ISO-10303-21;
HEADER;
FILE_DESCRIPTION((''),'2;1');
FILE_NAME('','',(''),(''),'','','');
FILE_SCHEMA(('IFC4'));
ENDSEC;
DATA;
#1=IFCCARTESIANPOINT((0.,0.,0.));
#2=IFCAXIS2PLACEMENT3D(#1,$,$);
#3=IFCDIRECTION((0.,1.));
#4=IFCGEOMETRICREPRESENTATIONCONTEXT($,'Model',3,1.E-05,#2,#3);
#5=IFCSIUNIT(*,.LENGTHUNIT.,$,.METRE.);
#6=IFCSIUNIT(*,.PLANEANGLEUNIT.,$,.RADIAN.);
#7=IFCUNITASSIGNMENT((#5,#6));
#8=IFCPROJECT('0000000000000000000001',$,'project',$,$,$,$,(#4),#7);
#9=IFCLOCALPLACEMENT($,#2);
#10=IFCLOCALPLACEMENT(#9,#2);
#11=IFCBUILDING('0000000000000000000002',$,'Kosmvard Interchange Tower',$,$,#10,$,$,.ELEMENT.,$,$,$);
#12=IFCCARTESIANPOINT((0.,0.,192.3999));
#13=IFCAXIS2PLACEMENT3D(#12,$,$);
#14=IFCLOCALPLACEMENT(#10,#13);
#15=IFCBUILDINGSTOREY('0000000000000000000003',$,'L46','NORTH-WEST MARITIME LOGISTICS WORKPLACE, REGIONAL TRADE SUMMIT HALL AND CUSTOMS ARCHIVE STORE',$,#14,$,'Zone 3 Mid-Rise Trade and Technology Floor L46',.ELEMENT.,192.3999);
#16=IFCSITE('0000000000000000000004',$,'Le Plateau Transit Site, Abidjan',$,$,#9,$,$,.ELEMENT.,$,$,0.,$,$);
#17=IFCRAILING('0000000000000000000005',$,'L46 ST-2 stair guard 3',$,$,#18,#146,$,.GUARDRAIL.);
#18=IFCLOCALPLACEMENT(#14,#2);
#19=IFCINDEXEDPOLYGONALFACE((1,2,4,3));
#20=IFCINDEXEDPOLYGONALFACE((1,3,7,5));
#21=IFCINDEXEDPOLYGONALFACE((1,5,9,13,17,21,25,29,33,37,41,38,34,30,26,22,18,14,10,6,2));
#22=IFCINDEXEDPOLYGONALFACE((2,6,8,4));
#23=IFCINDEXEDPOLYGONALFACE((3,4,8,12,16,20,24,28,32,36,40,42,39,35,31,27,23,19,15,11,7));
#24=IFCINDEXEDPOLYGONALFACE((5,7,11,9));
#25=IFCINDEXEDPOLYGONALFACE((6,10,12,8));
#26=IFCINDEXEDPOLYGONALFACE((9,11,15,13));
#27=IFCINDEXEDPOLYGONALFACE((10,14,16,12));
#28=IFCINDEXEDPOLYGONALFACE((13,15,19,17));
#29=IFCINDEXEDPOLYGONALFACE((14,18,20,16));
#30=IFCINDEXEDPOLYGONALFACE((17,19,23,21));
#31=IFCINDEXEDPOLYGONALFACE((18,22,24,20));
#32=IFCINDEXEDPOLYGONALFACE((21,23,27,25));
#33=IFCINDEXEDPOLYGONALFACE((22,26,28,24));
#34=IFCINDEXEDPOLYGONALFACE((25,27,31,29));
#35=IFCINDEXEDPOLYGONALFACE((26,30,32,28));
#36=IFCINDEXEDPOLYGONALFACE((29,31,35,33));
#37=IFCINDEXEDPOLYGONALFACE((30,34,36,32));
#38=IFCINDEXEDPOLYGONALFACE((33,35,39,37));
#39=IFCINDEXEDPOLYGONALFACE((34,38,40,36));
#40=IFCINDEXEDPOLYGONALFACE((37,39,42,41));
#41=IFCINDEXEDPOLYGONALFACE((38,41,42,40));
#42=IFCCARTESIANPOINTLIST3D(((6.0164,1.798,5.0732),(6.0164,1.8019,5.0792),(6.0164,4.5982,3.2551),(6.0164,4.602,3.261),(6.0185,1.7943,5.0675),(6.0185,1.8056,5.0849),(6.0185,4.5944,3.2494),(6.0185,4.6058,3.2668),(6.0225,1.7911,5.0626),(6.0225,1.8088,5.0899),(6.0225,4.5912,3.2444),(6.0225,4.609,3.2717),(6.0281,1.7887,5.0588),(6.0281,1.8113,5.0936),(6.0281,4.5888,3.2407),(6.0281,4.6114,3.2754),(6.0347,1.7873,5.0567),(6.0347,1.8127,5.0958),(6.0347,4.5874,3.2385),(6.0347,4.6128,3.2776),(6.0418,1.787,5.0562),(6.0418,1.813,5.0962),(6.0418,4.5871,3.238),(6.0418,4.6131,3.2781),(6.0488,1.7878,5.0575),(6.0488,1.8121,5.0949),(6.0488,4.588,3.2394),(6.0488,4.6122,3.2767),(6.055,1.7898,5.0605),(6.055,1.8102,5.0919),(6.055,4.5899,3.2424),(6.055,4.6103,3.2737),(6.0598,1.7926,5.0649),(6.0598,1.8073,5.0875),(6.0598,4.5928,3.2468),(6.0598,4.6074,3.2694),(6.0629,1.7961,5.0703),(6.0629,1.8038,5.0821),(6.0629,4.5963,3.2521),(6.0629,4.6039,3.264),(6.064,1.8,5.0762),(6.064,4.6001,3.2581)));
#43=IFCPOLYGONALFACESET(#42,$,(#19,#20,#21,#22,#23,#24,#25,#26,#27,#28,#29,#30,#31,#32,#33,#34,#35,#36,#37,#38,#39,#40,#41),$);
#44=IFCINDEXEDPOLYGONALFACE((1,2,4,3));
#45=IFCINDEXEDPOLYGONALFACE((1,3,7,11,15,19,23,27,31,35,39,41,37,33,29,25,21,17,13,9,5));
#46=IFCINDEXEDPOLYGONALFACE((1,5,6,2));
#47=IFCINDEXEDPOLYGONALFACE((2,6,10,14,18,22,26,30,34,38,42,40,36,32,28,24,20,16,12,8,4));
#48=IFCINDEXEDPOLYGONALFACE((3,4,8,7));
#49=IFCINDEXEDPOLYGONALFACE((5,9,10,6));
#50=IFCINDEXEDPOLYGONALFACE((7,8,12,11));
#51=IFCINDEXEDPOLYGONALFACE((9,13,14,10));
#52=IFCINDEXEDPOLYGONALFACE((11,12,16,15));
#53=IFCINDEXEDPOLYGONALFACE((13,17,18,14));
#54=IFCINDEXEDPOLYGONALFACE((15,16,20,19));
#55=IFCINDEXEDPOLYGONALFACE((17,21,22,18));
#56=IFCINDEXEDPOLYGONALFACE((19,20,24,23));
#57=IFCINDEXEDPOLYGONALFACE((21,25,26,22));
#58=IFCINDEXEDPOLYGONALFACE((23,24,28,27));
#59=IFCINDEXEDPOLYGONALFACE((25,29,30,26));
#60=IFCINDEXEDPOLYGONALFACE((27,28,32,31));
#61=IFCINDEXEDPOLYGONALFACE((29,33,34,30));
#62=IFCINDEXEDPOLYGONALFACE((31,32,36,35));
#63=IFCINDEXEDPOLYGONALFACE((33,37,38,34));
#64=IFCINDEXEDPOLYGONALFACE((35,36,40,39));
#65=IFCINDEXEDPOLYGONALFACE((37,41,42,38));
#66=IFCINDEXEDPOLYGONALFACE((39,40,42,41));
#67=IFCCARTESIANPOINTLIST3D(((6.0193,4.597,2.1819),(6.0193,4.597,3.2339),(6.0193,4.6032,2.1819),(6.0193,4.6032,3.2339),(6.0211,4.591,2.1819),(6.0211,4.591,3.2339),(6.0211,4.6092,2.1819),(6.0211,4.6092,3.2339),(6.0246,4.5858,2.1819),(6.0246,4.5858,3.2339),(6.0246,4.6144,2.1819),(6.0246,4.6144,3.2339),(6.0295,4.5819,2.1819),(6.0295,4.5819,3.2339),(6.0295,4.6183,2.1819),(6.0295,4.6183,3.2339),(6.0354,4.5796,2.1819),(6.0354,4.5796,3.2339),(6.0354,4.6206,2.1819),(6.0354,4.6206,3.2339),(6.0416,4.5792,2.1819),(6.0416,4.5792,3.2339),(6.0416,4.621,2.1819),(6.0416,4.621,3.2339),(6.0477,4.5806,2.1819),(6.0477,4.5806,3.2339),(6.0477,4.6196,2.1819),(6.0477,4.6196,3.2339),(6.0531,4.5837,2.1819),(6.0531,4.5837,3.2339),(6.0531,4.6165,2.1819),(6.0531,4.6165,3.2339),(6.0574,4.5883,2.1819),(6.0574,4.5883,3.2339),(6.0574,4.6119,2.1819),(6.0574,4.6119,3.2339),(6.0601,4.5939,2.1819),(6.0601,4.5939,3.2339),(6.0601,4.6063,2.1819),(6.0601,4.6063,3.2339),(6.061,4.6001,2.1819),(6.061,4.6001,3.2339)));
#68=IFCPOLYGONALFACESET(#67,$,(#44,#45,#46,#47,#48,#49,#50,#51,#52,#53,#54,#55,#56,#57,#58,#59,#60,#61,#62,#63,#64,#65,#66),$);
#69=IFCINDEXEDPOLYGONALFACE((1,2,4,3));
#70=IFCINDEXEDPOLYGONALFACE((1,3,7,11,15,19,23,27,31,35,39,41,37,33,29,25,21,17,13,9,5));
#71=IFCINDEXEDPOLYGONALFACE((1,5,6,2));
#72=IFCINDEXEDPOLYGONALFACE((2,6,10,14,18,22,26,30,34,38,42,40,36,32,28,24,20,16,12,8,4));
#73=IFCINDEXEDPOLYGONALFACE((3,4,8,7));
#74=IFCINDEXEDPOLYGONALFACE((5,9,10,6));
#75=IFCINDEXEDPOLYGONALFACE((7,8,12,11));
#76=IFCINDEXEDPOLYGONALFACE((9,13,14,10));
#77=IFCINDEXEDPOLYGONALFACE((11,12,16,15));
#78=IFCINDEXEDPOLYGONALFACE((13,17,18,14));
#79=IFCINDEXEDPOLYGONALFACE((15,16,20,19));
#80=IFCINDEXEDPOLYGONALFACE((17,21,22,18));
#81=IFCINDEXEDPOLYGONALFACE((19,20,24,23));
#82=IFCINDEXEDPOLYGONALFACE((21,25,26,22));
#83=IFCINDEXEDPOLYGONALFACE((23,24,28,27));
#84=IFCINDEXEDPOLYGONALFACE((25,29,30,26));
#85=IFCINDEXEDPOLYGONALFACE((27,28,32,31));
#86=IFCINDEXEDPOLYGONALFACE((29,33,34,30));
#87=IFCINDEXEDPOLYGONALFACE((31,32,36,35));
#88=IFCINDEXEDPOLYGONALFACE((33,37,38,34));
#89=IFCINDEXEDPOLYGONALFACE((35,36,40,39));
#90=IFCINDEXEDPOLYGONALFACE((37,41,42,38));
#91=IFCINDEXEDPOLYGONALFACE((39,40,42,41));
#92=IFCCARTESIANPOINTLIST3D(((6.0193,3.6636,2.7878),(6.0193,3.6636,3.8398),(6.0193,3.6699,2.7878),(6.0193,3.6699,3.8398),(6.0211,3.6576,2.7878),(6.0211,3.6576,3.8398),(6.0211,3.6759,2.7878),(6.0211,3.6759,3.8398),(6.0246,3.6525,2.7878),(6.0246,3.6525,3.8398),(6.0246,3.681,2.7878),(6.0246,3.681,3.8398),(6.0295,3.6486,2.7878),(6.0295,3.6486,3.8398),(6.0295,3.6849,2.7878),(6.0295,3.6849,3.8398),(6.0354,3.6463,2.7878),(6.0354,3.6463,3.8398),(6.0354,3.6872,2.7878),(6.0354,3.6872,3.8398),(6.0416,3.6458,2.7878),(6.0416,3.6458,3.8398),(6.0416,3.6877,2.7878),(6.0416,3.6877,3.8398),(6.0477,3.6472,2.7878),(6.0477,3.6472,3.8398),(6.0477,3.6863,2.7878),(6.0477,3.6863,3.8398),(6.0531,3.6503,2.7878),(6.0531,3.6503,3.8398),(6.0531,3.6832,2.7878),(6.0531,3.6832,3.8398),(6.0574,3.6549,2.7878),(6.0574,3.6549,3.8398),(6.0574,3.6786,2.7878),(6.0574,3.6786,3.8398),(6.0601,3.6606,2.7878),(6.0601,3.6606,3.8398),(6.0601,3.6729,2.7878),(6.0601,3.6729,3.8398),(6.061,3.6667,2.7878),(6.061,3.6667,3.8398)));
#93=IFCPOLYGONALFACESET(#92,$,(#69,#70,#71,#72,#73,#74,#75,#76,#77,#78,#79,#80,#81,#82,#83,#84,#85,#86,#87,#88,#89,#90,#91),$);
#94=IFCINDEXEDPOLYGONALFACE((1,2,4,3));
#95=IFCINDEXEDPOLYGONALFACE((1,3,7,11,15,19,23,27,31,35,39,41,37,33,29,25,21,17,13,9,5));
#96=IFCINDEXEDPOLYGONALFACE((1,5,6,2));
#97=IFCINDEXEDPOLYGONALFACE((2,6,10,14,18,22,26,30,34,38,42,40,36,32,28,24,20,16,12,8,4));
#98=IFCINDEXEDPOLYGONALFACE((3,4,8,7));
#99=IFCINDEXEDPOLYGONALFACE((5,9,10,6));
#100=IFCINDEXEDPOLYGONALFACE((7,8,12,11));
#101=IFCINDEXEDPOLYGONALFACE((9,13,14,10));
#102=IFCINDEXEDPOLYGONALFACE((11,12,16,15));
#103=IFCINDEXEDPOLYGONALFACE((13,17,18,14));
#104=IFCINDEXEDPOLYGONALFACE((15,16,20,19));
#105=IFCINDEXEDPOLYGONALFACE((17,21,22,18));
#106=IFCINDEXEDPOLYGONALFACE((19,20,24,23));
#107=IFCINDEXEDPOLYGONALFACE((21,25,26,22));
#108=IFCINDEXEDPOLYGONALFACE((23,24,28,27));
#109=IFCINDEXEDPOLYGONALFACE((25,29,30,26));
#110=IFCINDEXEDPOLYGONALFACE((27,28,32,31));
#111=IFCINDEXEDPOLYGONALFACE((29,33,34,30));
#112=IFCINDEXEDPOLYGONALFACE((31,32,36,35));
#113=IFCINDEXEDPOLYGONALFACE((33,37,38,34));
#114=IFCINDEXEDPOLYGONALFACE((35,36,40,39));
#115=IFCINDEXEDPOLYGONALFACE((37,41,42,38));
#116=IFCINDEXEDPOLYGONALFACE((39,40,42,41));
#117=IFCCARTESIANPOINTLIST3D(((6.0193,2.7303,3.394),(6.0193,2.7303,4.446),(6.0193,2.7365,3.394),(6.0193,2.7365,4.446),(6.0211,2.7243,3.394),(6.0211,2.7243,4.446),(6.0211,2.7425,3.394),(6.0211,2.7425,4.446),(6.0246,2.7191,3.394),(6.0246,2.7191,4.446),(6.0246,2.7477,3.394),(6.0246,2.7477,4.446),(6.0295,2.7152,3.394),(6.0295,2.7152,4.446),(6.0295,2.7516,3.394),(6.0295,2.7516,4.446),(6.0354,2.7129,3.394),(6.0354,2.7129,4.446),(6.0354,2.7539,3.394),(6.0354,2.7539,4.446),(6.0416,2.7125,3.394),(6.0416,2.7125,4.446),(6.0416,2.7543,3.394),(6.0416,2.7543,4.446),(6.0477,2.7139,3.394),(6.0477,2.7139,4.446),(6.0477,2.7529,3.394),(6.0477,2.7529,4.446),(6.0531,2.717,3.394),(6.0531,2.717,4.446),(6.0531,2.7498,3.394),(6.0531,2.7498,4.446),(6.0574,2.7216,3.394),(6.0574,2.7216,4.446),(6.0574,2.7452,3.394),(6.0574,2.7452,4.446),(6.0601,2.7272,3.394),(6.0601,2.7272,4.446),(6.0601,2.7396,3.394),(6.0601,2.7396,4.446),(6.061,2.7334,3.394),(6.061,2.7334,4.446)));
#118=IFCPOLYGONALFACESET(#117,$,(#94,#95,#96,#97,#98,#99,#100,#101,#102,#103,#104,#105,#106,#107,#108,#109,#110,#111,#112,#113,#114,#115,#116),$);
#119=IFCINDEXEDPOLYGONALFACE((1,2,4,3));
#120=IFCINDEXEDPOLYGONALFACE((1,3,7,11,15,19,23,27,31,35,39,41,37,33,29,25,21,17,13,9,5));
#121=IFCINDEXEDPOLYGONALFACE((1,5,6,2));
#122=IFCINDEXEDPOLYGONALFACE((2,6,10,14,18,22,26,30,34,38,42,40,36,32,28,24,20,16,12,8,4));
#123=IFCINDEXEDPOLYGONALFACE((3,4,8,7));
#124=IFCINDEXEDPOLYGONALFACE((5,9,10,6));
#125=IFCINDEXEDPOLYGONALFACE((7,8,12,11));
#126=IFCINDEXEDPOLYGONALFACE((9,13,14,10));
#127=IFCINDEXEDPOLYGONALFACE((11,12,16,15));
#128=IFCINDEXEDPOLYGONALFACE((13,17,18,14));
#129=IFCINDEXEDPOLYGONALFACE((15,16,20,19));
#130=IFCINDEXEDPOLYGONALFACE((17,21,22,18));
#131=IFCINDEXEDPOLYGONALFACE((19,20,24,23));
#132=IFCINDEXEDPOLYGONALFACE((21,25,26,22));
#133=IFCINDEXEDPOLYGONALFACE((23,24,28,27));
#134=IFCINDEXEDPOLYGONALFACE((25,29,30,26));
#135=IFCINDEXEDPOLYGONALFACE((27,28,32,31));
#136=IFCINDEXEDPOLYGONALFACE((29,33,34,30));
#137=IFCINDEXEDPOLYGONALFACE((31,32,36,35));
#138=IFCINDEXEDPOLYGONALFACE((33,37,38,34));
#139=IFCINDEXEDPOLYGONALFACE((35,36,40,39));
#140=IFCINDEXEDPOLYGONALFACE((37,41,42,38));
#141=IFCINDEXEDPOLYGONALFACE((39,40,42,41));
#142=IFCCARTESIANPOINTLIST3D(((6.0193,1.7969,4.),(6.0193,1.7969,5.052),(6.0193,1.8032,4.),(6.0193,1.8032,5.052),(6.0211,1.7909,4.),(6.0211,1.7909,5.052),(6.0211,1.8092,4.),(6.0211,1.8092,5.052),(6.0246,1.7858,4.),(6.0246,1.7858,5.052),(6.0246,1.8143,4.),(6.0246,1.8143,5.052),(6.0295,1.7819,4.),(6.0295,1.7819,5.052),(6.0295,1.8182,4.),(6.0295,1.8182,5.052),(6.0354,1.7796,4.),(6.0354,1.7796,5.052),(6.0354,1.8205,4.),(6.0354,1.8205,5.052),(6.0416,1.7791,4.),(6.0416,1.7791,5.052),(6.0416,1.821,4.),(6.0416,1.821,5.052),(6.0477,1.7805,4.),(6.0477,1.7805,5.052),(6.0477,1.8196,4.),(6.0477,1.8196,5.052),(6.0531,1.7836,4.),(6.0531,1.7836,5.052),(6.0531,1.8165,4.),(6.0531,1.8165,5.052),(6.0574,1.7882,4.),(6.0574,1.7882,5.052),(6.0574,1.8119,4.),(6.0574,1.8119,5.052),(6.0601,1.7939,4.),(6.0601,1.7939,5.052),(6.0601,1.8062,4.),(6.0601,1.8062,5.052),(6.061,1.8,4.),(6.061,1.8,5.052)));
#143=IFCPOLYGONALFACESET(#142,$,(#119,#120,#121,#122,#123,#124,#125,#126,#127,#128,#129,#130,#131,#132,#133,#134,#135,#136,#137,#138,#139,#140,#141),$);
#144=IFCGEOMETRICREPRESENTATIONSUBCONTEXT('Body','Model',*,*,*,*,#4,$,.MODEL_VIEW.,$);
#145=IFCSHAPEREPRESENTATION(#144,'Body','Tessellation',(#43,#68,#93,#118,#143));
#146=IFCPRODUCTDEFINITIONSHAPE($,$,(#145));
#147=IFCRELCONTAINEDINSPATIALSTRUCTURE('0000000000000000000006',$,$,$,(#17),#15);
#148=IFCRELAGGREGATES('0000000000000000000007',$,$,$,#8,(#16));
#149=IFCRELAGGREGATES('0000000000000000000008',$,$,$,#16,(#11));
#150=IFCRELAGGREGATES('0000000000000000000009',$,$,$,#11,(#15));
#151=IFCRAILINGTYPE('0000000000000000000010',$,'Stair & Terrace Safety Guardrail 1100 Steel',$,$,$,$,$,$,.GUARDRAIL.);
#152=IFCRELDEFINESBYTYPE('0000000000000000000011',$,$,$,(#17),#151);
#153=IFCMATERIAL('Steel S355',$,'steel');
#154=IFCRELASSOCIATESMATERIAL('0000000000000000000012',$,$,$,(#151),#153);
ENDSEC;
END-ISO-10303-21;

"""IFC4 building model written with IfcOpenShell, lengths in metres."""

from ifc_helpers import new_model, si_unit, direction, frame, origin, origin_2d, place, context, subcontext, project, spatial, circle, extrude, source, transform, mapped, material, type_object, element, save


model = new_model("IFC4")

# Units and contexts
model_context = context("Model", 3, precision=1e-05, world=origin(), true_north=direction((0.0, 1.0)))
body_context = subcontext(model_context, "Body", "Model", "MODEL_VIEW")
ifc_project = project(units=[si_unit("LENGTHUNIT", "METRE"), si_unit("PLANEANGLEUNIT", "RADIAN")], contexts=[model_context])

# Site, building, storey
site_placement = place(None, origin())
site = spatial("IfcSite", under=ifc_project, at=site_placement, Name="Le Plateau Transit Site, Abidjan", CompositionType="ELEMENT", RefElevation=0.0)
building_placement = place(site_placement, origin())
building = spatial("IfcBuilding", under=site, at=building_placement, Name="Kosmvard Interchange Tower", CompositionType="ELEMENT")
storey_placement = place(building_placement, frame((0.0, 0.0, 192.3999)))
storey = spatial("IfcBuildingStorey", under=building, at=storey_placement, Name="L46", Description="NORTH-WEST MARITIME LOGISTICS WORKPLACE, REGIONAL TRADE SUMMIT HALL AND CUSTOMS ARCHIVE STORE", LongName="Zone 3 Mid-Rise Trade and Technology Floor L46", CompositionType="ELEMENT", Elevation=192.3999)

# Shared definitions
ifc_material_1 = material(Name="Steel S355", Category="steel")

# Railing
railing_type_1 = type_object("IfcRailingType", Name="Stair & Terrace Safety Guardrail 1100 Steel", PredefinedType="GUARDRAIL", material=ifc_material_1)
shared_shape_1 = source(origin(), body_context, "Body", "SweptSolid", [
    extrude(circle(Radius=0.0239, at=origin_2d()), frame((0.0, 0.0, 1.0762), z_axis=(0.0, -0.838706, 0.544585), x_axis=(1.0, 0.0, 0.0)), (0.0, 0.0, 1.0), 3.3386),
    extrude(circle(Radius=0.021, at=origin_2d()), origin(), (0.0, 0.0, 1.0), 1.052),
    extrude(circle(Radius=0.021, at=origin_2d()), frame((0.0, -0.9333, 0.606)), (0.0, 0.0, 1.0), 1.052),
    extrude(circle(Radius=0.021, at=origin_2d()), frame((0.0, -1.8667, 1.2122)), (0.0, 0.0, 1.0), 1.052),
    extrude(circle(Radius=0.021, at=origin_2d()), frame((0.0, -2.8, 1.8181)), (0.0, 0.0, 1.0), 1.052),
])
railing_1_placement = place(storey_placement, frame((6.04, 4.6001, 2.1819)))
element("IfcRailing", 1, at=railing_1_placement, inside=storey, type_object=railing_type_1, Name="L46 ST-2 stair guard 3", PredefinedType="GUARDRAIL", context=body_context, shape_type="MappedRepresentation", body=[
    mapped(shared_shape_1, transform((0.0, 0.0, 0.0), scale=1.0)),
])

save(model, "model.ifc")
